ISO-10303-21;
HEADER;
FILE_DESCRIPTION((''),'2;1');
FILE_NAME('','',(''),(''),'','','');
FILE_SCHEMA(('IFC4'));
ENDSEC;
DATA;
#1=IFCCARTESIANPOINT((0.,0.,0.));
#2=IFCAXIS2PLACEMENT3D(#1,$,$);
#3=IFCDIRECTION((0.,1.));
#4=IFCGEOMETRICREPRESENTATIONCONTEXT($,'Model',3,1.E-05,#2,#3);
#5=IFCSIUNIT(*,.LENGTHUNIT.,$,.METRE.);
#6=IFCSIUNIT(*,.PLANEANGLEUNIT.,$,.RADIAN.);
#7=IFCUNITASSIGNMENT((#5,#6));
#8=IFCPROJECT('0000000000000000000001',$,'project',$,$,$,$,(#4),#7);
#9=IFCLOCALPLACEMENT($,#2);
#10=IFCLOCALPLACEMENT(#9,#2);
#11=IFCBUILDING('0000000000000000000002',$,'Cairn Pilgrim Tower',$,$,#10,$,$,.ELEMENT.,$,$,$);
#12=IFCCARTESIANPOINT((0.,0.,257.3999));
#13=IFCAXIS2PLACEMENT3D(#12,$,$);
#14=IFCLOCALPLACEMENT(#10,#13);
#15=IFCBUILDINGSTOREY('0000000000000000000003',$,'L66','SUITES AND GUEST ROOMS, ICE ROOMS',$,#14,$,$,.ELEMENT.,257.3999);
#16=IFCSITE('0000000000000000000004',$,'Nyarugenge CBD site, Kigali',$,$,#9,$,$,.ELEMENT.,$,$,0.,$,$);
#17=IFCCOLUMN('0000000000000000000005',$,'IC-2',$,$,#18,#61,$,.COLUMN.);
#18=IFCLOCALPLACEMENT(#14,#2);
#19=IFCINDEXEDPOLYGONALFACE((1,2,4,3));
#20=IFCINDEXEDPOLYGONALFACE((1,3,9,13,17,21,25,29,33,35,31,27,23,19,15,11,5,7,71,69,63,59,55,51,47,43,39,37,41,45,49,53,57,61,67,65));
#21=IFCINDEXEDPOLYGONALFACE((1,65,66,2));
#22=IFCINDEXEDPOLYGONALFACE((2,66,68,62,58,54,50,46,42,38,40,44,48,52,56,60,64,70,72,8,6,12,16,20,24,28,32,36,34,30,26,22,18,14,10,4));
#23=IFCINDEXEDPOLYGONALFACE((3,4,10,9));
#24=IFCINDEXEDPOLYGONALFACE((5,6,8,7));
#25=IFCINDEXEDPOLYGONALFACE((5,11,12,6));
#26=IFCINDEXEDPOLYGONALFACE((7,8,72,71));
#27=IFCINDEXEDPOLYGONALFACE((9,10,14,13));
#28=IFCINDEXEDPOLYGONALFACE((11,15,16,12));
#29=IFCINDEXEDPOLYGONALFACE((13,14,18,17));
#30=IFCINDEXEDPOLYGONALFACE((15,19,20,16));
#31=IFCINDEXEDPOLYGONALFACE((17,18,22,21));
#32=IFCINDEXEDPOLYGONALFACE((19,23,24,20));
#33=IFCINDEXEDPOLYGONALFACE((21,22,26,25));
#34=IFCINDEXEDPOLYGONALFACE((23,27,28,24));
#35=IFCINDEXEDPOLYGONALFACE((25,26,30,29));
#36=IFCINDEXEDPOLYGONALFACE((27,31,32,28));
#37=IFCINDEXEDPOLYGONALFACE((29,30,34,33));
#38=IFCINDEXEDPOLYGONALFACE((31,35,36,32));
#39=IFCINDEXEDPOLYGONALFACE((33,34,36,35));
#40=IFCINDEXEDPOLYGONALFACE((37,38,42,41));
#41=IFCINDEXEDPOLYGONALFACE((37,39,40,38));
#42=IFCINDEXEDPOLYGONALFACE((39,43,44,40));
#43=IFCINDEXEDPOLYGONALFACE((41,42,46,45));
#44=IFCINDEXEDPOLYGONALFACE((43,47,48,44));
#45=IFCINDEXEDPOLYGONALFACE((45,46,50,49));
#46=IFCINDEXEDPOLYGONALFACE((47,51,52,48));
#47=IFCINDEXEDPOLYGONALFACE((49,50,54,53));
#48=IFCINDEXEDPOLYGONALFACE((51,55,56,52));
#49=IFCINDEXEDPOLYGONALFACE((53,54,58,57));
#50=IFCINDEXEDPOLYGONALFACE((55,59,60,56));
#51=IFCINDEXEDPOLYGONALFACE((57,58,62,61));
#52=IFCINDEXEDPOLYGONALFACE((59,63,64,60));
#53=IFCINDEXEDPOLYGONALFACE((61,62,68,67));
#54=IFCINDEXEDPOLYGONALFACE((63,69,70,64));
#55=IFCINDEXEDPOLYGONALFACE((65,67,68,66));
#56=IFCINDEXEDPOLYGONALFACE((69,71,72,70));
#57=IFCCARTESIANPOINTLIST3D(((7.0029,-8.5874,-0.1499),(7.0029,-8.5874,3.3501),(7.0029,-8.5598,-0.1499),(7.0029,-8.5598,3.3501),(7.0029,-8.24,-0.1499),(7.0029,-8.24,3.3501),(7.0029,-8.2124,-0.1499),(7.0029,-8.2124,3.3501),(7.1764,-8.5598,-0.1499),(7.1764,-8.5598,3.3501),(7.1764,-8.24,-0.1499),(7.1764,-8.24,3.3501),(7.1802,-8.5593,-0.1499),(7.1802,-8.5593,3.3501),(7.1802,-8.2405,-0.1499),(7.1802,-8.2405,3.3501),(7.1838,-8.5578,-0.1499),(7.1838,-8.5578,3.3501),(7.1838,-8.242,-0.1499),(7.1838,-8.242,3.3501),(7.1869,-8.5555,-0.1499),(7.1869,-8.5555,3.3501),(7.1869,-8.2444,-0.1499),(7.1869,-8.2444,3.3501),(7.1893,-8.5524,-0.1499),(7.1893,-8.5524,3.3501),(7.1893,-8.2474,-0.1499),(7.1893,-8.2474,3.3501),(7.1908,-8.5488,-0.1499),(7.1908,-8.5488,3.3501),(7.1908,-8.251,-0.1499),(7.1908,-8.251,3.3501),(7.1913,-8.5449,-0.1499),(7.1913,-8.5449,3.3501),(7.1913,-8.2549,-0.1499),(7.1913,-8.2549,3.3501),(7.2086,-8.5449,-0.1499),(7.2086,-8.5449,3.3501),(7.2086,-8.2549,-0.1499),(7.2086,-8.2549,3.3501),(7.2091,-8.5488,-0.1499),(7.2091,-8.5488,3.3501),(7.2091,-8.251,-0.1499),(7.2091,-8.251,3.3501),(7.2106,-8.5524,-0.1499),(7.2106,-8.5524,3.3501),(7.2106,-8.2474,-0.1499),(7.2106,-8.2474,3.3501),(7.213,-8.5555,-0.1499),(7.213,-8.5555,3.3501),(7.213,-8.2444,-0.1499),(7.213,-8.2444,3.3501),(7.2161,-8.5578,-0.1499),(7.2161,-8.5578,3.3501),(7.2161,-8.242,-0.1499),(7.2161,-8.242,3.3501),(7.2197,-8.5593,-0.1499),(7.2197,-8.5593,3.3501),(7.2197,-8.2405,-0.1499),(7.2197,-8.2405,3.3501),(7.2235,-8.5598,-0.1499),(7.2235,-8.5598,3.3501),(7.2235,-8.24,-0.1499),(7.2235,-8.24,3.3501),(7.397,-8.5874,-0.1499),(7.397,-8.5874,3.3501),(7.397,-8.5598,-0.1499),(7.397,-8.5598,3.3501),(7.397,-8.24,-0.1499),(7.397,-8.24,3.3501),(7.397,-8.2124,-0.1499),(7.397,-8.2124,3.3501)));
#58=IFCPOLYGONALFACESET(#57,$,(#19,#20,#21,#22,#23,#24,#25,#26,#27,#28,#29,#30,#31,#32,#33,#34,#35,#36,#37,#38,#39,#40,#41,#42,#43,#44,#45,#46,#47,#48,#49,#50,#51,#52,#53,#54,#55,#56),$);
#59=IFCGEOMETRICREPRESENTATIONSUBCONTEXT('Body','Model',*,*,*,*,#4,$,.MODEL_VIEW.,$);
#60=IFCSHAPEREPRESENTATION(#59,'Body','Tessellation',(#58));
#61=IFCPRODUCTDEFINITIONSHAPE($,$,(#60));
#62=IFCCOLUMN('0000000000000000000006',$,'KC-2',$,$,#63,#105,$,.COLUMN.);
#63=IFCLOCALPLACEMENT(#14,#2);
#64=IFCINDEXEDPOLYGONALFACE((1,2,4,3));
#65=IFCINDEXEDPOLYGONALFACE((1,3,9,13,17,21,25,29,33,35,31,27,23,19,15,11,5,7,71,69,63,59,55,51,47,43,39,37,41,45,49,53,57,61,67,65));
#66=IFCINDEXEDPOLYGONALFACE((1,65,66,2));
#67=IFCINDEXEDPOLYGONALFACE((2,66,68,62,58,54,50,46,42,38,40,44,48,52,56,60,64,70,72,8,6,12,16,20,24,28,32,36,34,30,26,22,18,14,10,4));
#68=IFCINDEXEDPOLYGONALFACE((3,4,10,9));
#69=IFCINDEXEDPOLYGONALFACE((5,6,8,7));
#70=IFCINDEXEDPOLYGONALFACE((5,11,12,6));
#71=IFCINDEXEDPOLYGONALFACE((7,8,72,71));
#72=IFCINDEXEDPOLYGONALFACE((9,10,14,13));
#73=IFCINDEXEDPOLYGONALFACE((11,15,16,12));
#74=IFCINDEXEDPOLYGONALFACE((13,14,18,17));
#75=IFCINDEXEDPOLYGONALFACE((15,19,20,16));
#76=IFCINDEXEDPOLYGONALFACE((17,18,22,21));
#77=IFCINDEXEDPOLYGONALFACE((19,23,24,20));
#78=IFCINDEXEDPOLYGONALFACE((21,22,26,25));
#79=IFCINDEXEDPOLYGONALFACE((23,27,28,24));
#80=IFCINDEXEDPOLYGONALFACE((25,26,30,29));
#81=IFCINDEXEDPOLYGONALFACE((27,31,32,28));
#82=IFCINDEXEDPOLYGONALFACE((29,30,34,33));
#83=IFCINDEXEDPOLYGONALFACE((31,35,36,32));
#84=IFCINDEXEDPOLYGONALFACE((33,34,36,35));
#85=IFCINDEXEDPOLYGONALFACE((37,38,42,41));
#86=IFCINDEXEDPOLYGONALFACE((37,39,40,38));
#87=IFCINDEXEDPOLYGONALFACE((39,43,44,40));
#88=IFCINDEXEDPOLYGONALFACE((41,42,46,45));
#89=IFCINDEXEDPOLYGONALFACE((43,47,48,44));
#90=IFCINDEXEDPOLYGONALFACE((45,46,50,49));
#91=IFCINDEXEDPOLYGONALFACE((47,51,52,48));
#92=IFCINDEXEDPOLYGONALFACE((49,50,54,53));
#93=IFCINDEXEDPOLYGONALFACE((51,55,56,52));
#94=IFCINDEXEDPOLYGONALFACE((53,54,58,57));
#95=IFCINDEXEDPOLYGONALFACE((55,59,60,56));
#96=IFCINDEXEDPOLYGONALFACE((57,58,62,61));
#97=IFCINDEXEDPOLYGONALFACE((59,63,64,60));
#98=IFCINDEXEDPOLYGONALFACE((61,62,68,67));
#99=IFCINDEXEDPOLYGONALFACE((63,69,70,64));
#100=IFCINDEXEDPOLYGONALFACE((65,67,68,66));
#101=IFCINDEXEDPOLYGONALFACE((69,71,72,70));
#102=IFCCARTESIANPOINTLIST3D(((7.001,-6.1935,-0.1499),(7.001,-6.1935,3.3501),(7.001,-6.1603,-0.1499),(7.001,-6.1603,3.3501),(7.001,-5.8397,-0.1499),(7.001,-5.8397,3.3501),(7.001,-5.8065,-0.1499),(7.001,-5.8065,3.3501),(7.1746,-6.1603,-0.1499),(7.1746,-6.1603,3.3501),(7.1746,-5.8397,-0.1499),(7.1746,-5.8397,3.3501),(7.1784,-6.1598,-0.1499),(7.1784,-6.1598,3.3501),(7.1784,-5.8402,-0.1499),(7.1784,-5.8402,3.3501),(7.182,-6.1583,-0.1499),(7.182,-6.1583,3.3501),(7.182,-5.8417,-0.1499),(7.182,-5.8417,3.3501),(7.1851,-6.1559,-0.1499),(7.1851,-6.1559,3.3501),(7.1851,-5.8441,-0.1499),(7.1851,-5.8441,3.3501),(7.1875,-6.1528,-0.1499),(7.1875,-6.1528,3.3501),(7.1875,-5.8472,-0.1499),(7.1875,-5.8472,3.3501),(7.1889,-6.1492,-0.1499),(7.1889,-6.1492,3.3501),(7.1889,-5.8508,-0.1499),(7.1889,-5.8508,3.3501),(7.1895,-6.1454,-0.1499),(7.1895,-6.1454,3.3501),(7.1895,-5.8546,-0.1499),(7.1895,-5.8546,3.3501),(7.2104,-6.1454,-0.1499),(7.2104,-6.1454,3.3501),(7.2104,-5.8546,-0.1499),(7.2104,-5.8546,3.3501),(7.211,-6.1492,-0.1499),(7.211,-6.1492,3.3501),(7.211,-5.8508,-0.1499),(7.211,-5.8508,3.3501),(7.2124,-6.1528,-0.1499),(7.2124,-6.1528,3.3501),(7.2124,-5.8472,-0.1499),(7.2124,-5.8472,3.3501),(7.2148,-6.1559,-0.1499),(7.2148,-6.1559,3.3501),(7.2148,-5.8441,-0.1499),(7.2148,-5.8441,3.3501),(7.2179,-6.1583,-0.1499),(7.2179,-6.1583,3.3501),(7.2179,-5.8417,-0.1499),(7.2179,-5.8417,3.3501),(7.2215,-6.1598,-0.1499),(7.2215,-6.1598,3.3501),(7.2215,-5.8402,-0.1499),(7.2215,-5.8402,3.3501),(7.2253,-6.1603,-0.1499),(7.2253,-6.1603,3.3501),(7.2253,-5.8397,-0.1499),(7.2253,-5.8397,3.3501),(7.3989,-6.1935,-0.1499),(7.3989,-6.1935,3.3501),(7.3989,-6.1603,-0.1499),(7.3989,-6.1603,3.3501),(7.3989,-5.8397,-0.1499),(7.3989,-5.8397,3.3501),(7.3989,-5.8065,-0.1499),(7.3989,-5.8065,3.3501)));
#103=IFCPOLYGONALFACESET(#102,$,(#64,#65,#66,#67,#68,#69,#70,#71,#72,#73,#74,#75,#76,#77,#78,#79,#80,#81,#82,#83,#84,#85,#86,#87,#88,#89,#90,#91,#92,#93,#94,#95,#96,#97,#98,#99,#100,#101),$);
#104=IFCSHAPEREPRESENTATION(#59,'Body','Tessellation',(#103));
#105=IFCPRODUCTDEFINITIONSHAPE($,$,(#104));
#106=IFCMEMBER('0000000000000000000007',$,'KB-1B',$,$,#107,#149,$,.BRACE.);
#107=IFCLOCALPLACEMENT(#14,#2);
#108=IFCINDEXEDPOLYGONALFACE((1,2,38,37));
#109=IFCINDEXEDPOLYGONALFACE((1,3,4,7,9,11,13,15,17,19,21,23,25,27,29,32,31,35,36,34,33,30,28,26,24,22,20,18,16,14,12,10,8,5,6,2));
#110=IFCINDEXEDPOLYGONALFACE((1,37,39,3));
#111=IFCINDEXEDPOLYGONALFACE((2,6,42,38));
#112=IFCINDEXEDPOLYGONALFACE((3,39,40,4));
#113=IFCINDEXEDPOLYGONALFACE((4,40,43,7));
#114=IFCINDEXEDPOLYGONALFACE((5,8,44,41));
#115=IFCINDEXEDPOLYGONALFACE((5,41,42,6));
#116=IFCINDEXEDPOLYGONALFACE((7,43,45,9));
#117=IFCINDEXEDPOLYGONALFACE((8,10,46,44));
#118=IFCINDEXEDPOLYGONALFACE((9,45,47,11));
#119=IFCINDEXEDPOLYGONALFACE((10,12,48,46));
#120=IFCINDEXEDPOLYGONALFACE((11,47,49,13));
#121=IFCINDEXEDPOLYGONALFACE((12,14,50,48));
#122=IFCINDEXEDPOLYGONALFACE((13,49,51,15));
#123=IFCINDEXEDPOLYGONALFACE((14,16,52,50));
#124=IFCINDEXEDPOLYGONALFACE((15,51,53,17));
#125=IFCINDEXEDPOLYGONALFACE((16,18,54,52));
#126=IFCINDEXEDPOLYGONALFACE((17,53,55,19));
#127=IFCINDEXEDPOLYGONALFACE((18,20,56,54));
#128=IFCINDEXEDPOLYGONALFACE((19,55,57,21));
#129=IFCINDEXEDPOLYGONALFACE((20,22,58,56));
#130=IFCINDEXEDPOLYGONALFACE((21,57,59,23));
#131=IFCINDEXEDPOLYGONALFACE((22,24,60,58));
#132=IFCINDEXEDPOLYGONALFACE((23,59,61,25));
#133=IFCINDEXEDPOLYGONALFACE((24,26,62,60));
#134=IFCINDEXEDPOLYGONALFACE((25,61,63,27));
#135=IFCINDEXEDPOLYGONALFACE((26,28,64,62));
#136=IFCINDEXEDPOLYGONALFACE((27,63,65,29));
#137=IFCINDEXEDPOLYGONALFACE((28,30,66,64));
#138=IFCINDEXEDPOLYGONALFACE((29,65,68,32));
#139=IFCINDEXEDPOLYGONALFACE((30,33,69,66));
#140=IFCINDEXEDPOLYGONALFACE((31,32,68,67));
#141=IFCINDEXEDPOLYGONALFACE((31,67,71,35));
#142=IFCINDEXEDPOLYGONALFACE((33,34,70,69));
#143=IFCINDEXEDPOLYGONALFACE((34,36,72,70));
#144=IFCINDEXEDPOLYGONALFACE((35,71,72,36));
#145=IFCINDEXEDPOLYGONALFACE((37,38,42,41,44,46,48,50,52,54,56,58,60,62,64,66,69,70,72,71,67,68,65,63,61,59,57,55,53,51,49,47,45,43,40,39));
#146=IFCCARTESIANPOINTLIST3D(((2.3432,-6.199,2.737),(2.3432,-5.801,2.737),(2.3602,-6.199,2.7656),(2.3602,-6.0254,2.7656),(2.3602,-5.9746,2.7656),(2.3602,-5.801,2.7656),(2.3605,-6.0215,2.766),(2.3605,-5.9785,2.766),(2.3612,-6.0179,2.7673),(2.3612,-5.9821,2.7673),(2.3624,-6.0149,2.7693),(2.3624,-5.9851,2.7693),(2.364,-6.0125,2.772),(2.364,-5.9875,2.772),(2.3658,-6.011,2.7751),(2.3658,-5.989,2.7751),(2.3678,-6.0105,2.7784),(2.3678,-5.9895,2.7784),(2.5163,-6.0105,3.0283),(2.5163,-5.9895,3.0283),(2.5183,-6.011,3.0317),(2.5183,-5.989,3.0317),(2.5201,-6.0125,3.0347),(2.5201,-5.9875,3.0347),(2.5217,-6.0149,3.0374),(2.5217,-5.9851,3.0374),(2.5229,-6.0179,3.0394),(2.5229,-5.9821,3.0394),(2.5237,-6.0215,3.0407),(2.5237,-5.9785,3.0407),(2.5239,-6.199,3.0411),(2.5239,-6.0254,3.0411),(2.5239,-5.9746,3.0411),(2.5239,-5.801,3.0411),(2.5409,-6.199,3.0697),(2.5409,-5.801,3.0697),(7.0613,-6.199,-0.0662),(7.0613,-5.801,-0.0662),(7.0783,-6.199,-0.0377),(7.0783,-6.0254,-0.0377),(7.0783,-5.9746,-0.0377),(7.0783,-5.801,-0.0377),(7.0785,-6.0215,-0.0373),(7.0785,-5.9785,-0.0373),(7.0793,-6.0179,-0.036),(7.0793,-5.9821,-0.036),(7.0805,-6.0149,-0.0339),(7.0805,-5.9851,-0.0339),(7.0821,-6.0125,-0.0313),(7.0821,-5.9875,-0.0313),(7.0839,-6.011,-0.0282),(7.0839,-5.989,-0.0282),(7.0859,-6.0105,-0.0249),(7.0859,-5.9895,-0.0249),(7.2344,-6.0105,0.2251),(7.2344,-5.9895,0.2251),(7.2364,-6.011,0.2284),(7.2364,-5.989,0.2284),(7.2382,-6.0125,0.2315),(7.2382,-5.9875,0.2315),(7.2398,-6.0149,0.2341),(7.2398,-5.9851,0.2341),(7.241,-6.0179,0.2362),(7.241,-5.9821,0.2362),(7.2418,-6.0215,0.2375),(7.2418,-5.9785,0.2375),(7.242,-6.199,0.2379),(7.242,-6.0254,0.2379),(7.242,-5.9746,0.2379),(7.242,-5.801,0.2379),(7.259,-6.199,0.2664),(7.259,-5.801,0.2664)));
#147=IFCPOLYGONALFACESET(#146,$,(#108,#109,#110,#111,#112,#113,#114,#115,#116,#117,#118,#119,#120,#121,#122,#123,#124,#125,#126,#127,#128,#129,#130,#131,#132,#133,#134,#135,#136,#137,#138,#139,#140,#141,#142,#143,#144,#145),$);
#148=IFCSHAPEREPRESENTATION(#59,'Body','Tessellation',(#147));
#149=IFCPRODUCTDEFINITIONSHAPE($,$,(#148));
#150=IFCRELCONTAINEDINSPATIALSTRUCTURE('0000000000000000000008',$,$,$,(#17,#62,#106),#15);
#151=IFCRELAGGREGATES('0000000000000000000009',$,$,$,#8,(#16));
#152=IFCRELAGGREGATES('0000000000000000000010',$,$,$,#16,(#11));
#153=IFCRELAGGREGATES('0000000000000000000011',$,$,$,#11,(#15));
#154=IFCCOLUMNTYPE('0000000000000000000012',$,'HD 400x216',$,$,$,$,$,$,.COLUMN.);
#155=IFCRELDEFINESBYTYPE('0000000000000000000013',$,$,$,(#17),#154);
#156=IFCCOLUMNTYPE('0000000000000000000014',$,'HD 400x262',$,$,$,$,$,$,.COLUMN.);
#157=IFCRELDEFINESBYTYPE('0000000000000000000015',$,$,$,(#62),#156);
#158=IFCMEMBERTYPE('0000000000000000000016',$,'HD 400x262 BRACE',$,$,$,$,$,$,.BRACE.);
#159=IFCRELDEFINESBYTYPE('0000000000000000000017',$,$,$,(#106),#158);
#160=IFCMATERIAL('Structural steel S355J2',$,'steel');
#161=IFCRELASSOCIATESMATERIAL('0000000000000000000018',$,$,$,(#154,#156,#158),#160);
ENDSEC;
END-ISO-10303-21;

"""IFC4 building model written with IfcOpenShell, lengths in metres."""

from ifc_helpers import new_model, si_unit, direction, frame, origin, origin_2d, place, context, subcontext, project, spatial, i_section, extrude, material, material_profile, profile_set, type_object, element, save


model = new_model("IFC4")

# Units and contexts
model_context = context("Model", 3, precision=1e-05, world=origin(), true_north=direction((0.0, 1.0)))
body_context = subcontext(model_context, "Body", "Model", "MODEL_VIEW")
ifc_project = project(units=[si_unit("LENGTHUNIT", "METRE"), si_unit("PLANEANGLEUNIT", "RADIAN")], contexts=[model_context])

# Site, building, storey
site_placement = place(None, origin())
site = spatial("IfcSite", under=ifc_project, at=site_placement, Name="Nyarugenge CBD site, Kigali", CompositionType="ELEMENT", RefElevation=0.0)
building_placement = place(site_placement, origin())
building = spatial("IfcBuilding", under=site, at=building_placement, Name="Cairn Pilgrim Tower", CompositionType="ELEMENT")
storey_placement = place(building_placement, frame((0.0, 0.0, 257.3999)))
storey = spatial("IfcBuildingStorey", under=building, at=storey_placement, Name="L66", Description="SUITES AND GUEST ROOMS, ICE ROOMS", CompositionType="ELEMENT", Elevation=257.3999)

# Columns
ifc_material_1 = material(Name="Structural steel S355J2", Category="steel")
ifc_material_profile_1 = material_profile(ifc_material_1, i_section(OverallWidth=0.394, OverallDepth=0.375, WebThickness=0.0173, FlangeThickness=0.0276, FilletRadius=0.0149, at=origin_2d()), Name="HD 400x216")
ifc_profile_set_1 = profile_set([ifc_material_profile_1], Name="Structural steel S355J2")
column_type_1 = type_object("IfcColumnType", Name="HD 400x216", PredefinedType="COLUMN", material=ifc_profile_set_1)
column_1_placement = place(storey_placement, frame((7.2, -8.3999, -0.1499), z_axis=(0.0, 0.0, 1.0), x_axis=(1.0, 0.0, 0.0)))
element("IfcColumn", 1, at=column_1_placement, inside=storey, type_object=column_type_1, Name="IC-2", PredefinedType="COLUMN", context=body_context, shape_type="SweptSolid", body=[
    extrude(i_section(OverallWidth=0.394, OverallDepth=0.375, WebThickness=0.0173, FlangeThickness=0.0276, FilletRadius=0.0149, at=origin_2d()), origin(), (0.0, 0.0, 1.0), 3.5),
])
ifc_material_profile_2 = material_profile(ifc_material_1, i_section(OverallWidth=0.3979, OverallDepth=0.387, WebThickness=0.021, FlangeThickness=0.0332, FilletRadius=0.0149, at=origin_2d()), Name="HD 400x262")
ifc_profile_set_2 = profile_set([ifc_material_profile_2], Name="Structural steel S355J2")
column_type_2 = type_object("IfcColumnType", Name="HD 400x262", PredefinedType="COLUMN", material=ifc_profile_set_2)
column_2_placement = place(storey_placement, frame((7.2, -6.0, -0.1499), z_axis=(0.0, 0.0, 1.0), x_axis=(1.0, 0.0, 0.0)))
element("IfcColumn", 2, at=column_2_placement, inside=storey, type_object=column_type_2, Name="KC-2", PredefinedType="COLUMN", context=body_context, shape_type="SweptSolid", body=[
    extrude(i_section(OverallWidth=0.3979, OverallDepth=0.387, WebThickness=0.021, FlangeThickness=0.0332, FilletRadius=0.0149, at=origin_2d()), origin(), (0.0, 0.0, 1.0), 3.5),
])

# Member
ifc_material_profile_3 = material_profile(ifc_material_1, i_section(OverallWidth=0.3979, OverallDepth=0.387, WebThickness=0.021, FlangeThickness=0.0332, FilletRadius=0.0149, at=origin_2d()), Name="HD 400x262")
ifc_profile_set_3 = profile_set([ifc_material_profile_3], Name="Structural steel S355J2")
member_type = type_object("IfcMemberType", Name="HD 400x262 BRACE", PredefinedType="BRACE", material=ifc_profile_set_3)
member_placement = place(storey_placement, frame((7.1602, -6.0, 0.1001), z_axis=(-0.859703, 0.0, 0.510795), x_axis=(0.0, -1.0, 0.0)))
element("IfcMember", 3, at=member_placement, inside=storey, type_object=member_type, Name="KB-1B", PredefinedType="BRACE", context=body_context, shape_type="SweptSolid", body=[
    extrude(i_section(OverallWidth=0.3979, OverallDepth=0.387, WebThickness=0.021, FlangeThickness=0.0332, FilletRadius=0.0149, at=origin_2d()), origin(), (0.0, 0.0, 1.0), 5.488),
])

save(model, "model.ifc")
